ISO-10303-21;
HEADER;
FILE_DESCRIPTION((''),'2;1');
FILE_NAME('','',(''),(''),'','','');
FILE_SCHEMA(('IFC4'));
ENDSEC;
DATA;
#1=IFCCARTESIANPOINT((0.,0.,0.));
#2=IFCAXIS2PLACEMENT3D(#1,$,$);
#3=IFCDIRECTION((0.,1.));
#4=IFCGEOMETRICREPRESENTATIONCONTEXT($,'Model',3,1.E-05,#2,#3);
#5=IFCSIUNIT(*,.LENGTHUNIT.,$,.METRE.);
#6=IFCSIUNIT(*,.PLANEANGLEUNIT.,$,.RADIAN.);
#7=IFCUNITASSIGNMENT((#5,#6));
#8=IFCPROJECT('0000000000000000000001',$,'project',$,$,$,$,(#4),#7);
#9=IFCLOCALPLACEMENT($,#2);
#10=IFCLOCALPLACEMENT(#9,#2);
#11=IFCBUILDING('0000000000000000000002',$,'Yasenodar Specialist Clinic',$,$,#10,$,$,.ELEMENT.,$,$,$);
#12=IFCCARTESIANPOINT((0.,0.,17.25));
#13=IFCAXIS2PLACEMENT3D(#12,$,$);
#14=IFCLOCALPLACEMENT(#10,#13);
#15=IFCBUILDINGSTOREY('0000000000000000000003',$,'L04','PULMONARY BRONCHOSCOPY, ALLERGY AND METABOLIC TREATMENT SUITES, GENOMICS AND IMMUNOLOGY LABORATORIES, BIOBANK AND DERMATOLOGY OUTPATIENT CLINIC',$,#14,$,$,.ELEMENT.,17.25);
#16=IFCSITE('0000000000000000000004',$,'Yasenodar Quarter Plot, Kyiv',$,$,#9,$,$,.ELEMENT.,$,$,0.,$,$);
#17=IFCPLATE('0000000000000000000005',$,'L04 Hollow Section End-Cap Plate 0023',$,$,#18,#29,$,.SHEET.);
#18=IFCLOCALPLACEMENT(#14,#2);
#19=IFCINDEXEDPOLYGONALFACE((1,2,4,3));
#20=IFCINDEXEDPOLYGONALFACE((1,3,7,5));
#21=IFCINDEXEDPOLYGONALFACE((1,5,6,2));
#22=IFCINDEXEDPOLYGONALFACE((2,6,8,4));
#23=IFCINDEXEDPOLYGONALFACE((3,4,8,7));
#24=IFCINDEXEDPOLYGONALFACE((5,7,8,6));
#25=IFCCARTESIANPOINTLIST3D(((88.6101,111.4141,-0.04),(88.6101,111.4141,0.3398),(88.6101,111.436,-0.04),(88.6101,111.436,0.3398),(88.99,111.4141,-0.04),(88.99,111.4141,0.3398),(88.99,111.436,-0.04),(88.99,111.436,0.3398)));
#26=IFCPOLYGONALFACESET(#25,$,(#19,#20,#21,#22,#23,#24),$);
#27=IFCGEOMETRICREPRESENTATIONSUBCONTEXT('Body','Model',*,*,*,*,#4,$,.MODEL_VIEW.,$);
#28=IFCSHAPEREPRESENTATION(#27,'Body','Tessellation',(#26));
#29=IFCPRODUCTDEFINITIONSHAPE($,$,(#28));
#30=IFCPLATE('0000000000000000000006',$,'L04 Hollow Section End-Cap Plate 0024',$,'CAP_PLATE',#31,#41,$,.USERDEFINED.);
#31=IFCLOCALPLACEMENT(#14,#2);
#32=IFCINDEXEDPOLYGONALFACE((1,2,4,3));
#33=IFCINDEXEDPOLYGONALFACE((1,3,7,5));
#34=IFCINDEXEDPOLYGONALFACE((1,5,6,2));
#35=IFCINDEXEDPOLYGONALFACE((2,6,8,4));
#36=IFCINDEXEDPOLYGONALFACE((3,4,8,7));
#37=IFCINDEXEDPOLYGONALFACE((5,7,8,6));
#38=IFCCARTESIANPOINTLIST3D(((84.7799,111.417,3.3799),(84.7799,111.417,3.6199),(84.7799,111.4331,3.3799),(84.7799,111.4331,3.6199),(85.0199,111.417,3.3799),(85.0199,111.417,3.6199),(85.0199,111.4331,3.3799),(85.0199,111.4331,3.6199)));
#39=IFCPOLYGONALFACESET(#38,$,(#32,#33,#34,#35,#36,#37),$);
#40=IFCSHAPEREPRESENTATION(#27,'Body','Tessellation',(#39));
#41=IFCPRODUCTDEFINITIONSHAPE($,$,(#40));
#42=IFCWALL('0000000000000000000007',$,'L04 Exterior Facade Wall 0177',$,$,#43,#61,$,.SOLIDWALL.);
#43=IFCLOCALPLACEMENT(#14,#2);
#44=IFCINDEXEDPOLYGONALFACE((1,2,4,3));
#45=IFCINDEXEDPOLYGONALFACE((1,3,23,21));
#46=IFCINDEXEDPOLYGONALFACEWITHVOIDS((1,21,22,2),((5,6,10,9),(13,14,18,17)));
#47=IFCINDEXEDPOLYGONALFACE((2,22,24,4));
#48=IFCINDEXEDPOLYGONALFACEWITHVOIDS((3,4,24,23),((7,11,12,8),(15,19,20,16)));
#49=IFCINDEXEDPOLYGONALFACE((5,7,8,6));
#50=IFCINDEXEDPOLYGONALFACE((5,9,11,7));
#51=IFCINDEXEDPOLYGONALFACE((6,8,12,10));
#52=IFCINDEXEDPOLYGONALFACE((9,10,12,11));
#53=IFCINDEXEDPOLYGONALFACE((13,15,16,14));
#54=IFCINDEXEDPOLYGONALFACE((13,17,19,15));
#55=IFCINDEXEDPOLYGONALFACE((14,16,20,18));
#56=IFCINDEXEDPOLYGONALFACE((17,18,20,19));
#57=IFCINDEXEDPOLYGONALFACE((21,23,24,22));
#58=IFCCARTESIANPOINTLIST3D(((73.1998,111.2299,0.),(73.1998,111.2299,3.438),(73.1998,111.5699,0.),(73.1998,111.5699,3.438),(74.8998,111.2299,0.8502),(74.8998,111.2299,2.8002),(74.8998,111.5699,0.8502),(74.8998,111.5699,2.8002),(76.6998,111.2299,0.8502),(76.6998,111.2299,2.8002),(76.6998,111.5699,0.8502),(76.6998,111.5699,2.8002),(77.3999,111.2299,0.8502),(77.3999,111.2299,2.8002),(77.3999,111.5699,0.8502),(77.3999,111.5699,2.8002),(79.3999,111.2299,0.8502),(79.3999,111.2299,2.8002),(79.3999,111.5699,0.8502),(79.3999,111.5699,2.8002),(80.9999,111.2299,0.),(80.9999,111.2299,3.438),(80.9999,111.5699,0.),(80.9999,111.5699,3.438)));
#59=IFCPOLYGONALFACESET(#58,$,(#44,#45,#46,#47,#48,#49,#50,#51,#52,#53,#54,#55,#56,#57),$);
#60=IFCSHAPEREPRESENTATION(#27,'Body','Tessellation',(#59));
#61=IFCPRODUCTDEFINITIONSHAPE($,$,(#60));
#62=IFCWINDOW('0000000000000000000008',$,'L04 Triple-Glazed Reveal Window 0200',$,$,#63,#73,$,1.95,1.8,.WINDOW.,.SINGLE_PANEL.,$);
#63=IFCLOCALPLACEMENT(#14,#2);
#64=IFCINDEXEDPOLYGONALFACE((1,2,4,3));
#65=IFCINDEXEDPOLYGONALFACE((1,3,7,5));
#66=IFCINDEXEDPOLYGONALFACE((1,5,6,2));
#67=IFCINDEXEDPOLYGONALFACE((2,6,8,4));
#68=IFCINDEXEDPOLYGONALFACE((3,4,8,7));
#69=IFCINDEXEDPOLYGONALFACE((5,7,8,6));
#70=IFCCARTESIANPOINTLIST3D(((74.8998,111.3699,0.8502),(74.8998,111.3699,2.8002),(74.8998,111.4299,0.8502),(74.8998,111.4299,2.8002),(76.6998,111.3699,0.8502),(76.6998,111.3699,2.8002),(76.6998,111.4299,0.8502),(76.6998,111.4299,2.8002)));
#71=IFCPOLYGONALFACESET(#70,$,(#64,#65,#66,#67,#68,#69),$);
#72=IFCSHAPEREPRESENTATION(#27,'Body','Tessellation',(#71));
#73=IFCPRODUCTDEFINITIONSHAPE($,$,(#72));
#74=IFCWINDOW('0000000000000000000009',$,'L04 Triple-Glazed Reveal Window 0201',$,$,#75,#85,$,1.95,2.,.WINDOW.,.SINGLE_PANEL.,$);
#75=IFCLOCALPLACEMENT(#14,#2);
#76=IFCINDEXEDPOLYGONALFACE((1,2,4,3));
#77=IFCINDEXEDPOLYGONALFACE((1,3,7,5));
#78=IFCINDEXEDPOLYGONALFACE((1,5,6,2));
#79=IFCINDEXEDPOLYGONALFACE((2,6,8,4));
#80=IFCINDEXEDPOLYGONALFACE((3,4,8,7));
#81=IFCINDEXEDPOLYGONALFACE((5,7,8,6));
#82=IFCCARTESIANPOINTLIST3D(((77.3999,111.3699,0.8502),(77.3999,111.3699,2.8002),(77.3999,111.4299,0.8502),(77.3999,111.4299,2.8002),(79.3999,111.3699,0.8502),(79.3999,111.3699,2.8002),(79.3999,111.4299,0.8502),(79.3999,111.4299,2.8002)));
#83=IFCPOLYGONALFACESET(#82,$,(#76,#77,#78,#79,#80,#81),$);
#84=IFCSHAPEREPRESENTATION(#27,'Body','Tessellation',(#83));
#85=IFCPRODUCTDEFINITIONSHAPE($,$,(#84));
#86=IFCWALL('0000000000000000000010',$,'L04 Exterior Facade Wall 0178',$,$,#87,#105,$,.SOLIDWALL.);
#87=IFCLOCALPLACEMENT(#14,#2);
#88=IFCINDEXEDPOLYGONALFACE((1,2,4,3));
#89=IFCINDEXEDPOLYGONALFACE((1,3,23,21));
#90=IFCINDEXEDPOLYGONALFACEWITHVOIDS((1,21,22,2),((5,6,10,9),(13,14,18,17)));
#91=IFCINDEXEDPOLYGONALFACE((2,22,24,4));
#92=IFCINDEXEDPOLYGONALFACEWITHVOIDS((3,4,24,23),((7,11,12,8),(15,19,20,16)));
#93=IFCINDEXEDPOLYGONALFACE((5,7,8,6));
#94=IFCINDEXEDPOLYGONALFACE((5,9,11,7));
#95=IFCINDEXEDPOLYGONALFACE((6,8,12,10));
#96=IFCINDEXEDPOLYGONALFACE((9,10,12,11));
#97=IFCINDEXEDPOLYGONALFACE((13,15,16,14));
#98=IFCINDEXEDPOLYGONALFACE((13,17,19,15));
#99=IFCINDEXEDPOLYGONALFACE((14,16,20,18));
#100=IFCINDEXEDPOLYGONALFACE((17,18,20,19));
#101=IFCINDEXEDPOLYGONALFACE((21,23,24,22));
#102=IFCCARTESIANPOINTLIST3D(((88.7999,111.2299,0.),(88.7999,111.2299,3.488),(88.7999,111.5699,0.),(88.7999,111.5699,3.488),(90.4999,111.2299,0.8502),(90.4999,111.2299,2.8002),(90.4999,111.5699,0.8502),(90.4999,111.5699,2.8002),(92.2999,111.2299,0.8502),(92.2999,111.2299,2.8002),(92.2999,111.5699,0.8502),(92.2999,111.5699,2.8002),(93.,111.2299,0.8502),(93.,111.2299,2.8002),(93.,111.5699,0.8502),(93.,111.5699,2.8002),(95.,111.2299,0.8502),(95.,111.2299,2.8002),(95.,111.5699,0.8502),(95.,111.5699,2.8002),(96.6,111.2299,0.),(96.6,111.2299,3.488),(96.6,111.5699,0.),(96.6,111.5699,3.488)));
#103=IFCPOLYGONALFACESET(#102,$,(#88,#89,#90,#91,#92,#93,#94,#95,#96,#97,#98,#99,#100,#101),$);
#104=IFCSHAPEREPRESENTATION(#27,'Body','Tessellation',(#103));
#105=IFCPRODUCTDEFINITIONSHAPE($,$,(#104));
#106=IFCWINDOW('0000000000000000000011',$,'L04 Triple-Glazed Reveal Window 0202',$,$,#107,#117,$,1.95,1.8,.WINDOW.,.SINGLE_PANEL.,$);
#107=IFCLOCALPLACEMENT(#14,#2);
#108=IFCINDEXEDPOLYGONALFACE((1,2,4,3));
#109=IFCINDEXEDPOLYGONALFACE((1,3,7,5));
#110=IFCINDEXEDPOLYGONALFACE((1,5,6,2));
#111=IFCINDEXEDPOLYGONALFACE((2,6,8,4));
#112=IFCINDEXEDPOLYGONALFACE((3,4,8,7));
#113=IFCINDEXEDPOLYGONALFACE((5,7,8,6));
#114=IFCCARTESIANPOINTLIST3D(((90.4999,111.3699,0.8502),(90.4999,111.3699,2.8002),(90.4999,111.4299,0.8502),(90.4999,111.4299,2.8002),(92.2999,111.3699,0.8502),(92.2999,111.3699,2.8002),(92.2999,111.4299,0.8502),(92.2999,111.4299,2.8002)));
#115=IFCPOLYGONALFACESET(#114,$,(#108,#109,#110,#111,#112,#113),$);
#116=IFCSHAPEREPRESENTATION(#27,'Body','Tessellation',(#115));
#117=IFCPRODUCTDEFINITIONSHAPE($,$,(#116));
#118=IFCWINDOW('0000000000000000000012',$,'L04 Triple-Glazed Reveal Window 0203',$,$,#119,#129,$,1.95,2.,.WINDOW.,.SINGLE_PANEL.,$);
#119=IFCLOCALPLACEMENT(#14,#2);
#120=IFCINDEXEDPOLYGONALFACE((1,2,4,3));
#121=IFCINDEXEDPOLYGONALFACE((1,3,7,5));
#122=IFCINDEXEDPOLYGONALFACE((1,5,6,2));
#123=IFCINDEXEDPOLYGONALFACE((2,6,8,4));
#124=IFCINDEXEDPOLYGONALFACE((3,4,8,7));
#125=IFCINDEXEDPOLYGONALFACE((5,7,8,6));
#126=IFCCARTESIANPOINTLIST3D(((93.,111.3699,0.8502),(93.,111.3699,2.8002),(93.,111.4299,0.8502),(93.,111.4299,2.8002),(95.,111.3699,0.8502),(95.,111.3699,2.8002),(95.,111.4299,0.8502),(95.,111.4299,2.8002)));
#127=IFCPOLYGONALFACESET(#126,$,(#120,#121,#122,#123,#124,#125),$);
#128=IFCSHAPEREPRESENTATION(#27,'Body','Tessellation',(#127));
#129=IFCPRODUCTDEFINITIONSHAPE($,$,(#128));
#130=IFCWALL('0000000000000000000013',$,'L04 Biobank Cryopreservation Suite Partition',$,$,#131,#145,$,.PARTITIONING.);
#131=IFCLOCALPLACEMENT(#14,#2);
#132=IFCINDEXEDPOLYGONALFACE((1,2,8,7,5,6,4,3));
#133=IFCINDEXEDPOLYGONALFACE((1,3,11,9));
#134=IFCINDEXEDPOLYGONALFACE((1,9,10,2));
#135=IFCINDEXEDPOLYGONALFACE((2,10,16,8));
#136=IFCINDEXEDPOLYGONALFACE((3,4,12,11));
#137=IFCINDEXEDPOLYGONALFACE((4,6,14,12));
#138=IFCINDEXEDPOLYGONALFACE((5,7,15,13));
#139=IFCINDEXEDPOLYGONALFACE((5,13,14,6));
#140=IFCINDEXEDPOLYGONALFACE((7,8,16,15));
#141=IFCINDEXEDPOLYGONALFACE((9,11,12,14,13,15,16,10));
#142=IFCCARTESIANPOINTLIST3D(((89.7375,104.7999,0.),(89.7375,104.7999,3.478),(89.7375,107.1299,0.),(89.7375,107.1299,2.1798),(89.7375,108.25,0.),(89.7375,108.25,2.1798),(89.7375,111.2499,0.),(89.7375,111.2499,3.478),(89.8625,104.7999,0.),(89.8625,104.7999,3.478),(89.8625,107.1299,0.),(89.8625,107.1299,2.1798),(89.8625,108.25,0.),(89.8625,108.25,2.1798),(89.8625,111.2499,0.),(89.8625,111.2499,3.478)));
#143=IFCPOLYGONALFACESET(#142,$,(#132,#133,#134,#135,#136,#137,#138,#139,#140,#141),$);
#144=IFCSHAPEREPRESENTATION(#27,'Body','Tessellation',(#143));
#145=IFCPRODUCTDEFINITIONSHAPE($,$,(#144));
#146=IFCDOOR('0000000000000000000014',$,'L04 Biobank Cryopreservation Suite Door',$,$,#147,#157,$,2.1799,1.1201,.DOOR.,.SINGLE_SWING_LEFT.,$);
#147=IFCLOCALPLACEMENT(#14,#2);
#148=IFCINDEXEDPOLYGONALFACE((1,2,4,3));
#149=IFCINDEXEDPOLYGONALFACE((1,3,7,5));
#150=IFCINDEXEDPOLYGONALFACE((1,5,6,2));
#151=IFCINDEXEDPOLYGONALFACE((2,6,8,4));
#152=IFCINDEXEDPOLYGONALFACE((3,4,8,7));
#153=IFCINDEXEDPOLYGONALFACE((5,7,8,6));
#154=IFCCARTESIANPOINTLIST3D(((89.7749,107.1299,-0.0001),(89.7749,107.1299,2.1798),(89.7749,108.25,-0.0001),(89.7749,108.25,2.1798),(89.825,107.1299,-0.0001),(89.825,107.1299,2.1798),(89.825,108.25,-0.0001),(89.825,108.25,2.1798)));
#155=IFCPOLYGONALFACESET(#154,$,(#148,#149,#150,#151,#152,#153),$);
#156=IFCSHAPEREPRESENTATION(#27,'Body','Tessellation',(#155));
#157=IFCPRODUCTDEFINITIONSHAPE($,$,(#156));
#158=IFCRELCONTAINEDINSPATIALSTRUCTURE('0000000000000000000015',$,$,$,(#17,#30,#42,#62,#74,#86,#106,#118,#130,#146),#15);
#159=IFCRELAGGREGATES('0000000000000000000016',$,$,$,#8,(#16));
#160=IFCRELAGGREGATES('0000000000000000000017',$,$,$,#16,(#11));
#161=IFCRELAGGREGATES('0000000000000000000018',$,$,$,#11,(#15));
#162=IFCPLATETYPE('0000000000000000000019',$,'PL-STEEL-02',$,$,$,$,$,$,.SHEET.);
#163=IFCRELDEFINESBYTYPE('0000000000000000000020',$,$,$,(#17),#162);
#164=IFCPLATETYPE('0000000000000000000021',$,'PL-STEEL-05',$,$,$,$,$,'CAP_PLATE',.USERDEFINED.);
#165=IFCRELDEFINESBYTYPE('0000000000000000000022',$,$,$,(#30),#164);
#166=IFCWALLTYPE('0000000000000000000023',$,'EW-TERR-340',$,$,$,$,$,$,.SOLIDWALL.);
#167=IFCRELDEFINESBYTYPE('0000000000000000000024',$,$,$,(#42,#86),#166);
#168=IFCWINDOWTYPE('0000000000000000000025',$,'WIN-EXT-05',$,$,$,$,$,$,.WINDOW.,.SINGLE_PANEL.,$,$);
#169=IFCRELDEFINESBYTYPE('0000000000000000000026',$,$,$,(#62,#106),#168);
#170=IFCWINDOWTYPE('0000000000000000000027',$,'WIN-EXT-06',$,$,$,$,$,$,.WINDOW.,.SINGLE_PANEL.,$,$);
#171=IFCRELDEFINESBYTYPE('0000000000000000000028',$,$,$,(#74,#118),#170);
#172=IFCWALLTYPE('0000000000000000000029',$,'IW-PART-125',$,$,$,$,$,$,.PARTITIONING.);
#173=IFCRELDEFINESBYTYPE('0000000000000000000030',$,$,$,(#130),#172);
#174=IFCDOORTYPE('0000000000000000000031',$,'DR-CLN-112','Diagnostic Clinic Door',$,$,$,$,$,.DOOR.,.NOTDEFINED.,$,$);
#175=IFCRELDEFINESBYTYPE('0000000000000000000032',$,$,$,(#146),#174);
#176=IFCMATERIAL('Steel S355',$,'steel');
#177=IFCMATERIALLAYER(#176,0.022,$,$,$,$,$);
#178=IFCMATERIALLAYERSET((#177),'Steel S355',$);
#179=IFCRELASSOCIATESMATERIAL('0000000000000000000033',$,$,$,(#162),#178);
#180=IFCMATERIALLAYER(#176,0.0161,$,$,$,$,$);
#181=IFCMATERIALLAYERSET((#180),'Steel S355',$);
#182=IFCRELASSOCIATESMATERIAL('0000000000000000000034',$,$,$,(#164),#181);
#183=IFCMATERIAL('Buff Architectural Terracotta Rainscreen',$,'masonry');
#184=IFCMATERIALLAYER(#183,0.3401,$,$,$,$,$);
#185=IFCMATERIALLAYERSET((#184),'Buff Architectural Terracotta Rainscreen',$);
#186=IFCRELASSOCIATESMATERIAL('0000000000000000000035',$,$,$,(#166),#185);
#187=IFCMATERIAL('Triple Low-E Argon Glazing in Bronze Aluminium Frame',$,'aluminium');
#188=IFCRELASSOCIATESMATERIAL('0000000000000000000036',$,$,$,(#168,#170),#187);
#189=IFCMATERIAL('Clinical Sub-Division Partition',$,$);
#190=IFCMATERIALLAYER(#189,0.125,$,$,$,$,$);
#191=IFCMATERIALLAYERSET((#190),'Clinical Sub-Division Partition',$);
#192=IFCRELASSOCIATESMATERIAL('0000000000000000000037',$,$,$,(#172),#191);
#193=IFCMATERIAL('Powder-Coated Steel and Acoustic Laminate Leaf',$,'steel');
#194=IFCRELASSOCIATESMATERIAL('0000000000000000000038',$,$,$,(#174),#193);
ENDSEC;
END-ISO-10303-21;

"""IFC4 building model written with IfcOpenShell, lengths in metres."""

from ifc_helpers import new_model, si_unit, direction, frame, frame_2d, origin, origin_2d, place, context, subcontext, project, spatial, rectangle, extrude, material, layer, layer_set, type_object, element, fill, save


model = new_model("IFC4")

# Units and contexts
model_context = context("Model", 3, precision=1e-05, world=origin(), true_north=direction((0.0, 1.0)))
body_context = subcontext(model_context, "Body", "Model", "MODEL_VIEW")
ifc_project = project(units=[si_unit("LENGTHUNIT", "METRE"), si_unit("PLANEANGLEUNIT", "RADIAN")], contexts=[model_context])

# Site, building, storey
site_placement = place(None, origin())
site = spatial("IfcSite", under=ifc_project, at=site_placement, Name="Yasenodar Quarter Plot, Kyiv", CompositionType="ELEMENT", RefElevation=0.0)
building_placement = place(site_placement, origin())
building = spatial("IfcBuilding", under=site, at=building_placement, Name="Yasenodar Specialist Clinic", CompositionType="ELEMENT")
storey_placement = place(building_placement, frame((0.0, 0.0, 17.25)))
storey = spatial("IfcBuildingStorey", under=building, at=storey_placement, Name="L04", Description="PULMONARY BRONCHOSCOPY, ALLERGY AND METABOLIC TREATMENT SUITES, GENOMICS AND IMMUNOLOGY LABORATORIES, BIOBANK AND DERMATOLOGY OUTPATIENT CLINIC", CompositionType="ELEMENT", Elevation=17.25)

# Shared definitions
ifc_material_1 = material(Name="Steel S355", Category="steel")

# Plates
ifc_layer_1 = layer(ifc_material_1, 0.022)
ifc_layer_set_1 = layer_set([ifc_layer_1], Name="Steel S355")
plate_type_1 = type_object("IfcPlateType", Name="PL-STEEL-02", PredefinedType="SHEET", material=ifc_layer_set_1)
plate_1_placement = place(storey_placement, frame((88.8, 111.425, -0.04), z_axis=(0.0, 0.0, 1.0), x_axis=(1.0, 0.0, 0.0)))
element("IfcPlate", 1, at=plate_1_placement, inside=storey, type_object=plate_type_1, Name="L04 Hollow Section End-Cap Plate 0023", PredefinedType="SHEET", context=body_context, shape_type="SweptSolid", body=[
    extrude(rectangle(XDim=0.3799, YDim=0.022, at=origin_2d()), origin(), (0.0, 0.0, 1.0), 0.3799),
])
ifc_layer_2 = layer(ifc_material_1, 0.0161)
ifc_layer_set_2 = layer_set([ifc_layer_2], Name="Steel S355")
plate_type_2 = type_object("IfcPlateType", Name="PL-STEEL-05", ElementType="CAP_PLATE", PredefinedType="USERDEFINED", material=ifc_layer_set_2)
plate_2_placement = place(storey_placement, frame((84.8999, 111.425, 3.3799), z_axis=(0.0, 0.0, 1.0), x_axis=(1.0, 0.0, 0.0)))
element("IfcPlate", 2, at=plate_2_placement, inside=storey, type_object=plate_type_2, Name="L04 Hollow Section End-Cap Plate 0024", ObjectType="CAP_PLATE", PredefinedType="USERDEFINED", context=body_context, shape_type="SweptSolid", body=[
    extrude(rectangle(XDim=0.24, YDim=0.0161, at=origin_2d()), origin(), (0.0, 0.0, 1.0), 0.24),
])

# Walls, openings, windows
ifc_material_2 = material(Name="Buff Architectural Terracotta Rainscreen", Category="masonry")
ifc_layer_3 = layer(ifc_material_2, 0.3401)
ifc_layer_set_3 = layer_set([ifc_layer_3], Name="Buff Architectural Terracotta Rainscreen")
wall_type_1 = type_object("IfcWallType", Name="EW-TERR-340", PredefinedType="SOLIDWALL", material=ifc_layer_set_3)
wall_1_placement = place(storey_placement, frame((73.2, 111.3999, 0.0), z_axis=(0.0, 0.0, 1.0), x_axis=(1.0, 0.0, 0.0)))
wall_1 = element("IfcWall", 3, at=wall_1_placement, inside=storey, type_object=wall_type_1, Name="L04 Exterior Facade Wall 0177", PredefinedType="SOLIDWALL", context=body_context, shape_type="SweptSolid", body=[
    extrude(rectangle(XDim=7.8, YDim=0.3401, at=frame_2d((3.8999, 0.0))), origin(), (0.0, 0.0, 1.0), 3.438),
])
opening_1_placement = place(wall_1_placement, frame((1.7, 0.0, 0.8501)))
opening_1 = element("IfcOpeningElement", 4, at=opening_1_placement, cuts=wall_1, PredefinedType="OPENING", context=body_context, shape_type="SweptSolid", body=[
    extrude(rectangle(XDim=1.8, YDim=1.95, at=frame_2d((0.8999, 0.9751))), frame((0.0, 0.1802, 0.0), z_axis=(0.0, -1.0, 0.0), x_axis=(1.0, 0.0, 0.0)), (0.0, 0.0, 1.0), 0.3601),
])
opening_2_placement = place(wall_1_placement, frame((4.2, 0.0, 0.8501)))
opening_2 = element("IfcOpeningElement", 5, at=opening_2_placement, cuts=wall_1, PredefinedType="OPENING", context=body_context, shape_type="SweptSolid", body=[
    extrude(rectangle(XDim=2.0, YDim=1.95, at=frame_2d((1.0, 0.9751))), frame((0.0, 0.1802, 0.0), z_axis=(0.0, -1.0, 0.0), x_axis=(1.0, 0.0, 0.0)), (0.0, 0.0, 1.0), 0.3601),
])
ifc_material_3 = material(Name="Triple Low-E Argon Glazing in Bronze Aluminium Frame", Category="aluminium")
window_type_1 = type_object("IfcWindowType", Name="WIN-EXT-05", PartitioningType="SINGLE_PANEL", PredefinedType="WINDOW", material=ifc_material_3)
window_1_placement = place(opening_1_placement, origin())
window_1 = element("IfcWindow", 6, at=window_1_placement, inside=storey, type_object=window_type_1, Name="L04 Triple-Glazed Reveal Window 0200", OverallHeight=1.95, OverallWidth=1.8, PartitioningType="SINGLE_PANEL", PredefinedType="WINDOW", context=body_context, shape_type="SweptSolid", body=[
    extrude(rectangle(XDim=1.8, YDim=1.95, at=frame_2d((0.8999, 0.9751))), frame((0.0, 0.03, 0.0), z_axis=(0.0, -1.0, 0.0), x_axis=(1.0, 0.0, 0.0)), (0.0, 0.0, 1.0), 0.0601),
])
fill(opening_1, window_1)
window_type_2 = type_object("IfcWindowType", Name="WIN-EXT-06", PartitioningType="SINGLE_PANEL", PredefinedType="WINDOW", material=ifc_material_3)
window_2_placement = place(opening_2_placement, origin())
window_2 = element("IfcWindow", 7, at=window_2_placement, inside=storey, type_object=window_type_2, Name="L04 Triple-Glazed Reveal Window 0201", OverallHeight=1.95, OverallWidth=2.0, PartitioningType="SINGLE_PANEL", PredefinedType="WINDOW", context=body_context, shape_type="SweptSolid", body=[
    extrude(rectangle(XDim=2.0, YDim=1.95, at=frame_2d((1.0, 0.9751))), frame((0.0, 0.03, 0.0), z_axis=(0.0, -1.0, 0.0), x_axis=(1.0, 0.0, 0.0)), (0.0, 0.0, 1.0), 0.0601),
])
fill(opening_2, window_2)
wall_2_placement = place(storey_placement, frame((88.8, 111.3999, 0.0), z_axis=(0.0, 0.0, 1.0), x_axis=(1.0, 0.0, 0.0)))
wall_2 = element("IfcWall", 8, at=wall_2_placement, inside=storey, type_object=wall_type_1, Name="L04 Exterior Facade Wall 0178", PredefinedType="SOLIDWALL", context=body_context, shape_type="SweptSolid", body=[
    extrude(rectangle(XDim=7.8, YDim=0.3401, at=frame_2d((3.8999, 0.0))), origin(), (0.0, 0.0, 1.0), 3.488),
])
opening_3_placement = place(wall_2_placement, frame((1.7, 0.0, 0.8501)))
opening_3 = element("IfcOpeningElement", 9, at=opening_3_placement, cuts=wall_2, PredefinedType="OPENING", context=body_context, shape_type="SweptSolid", body=[
    extrude(rectangle(XDim=1.8, YDim=1.95, at=frame_2d((0.8999, 0.9751))), frame((0.0, 0.1802, 0.0), z_axis=(0.0, -1.0, 0.0), x_axis=(1.0, 0.0, 0.0)), (0.0, 0.0, 1.0), 0.3601),
])
opening_4_placement = place(wall_2_placement, frame((4.2, 0.0, 0.8501)))
opening_4 = element("IfcOpeningElement", 10, at=opening_4_placement, cuts=wall_2, PredefinedType="OPENING", context=body_context, shape_type="SweptSolid", body=[
    extrude(rectangle(XDim=2.0, YDim=1.95, at=frame_2d((1.0, 0.9751))), frame((0.0, 0.1802, 0.0), z_axis=(0.0, -1.0, 0.0), x_axis=(1.0, 0.0, 0.0)), (0.0, 0.0, 1.0), 0.3601),
])
window_3_placement = place(opening_3_placement, origin())
window_3 = element("IfcWindow", 11, at=window_3_placement, inside=storey, type_object=window_type_1, Name="L04 Triple-Glazed Reveal Window 0202", OverallHeight=1.95, OverallWidth=1.8, PartitioningType="SINGLE_PANEL", PredefinedType="WINDOW", context=body_context, shape_type="SweptSolid", body=[
    extrude(rectangle(XDim=1.8, YDim=1.95, at=frame_2d((0.8999, 0.9751))), frame((0.0, 0.03, 0.0), z_axis=(0.0, -1.0, 0.0), x_axis=(1.0, 0.0, 0.0)), (0.0, 0.0, 1.0), 0.0601),
])
fill(opening_3, window_3)
window_4_placement = place(opening_4_placement, origin())
window_4 = element("IfcWindow", 12, at=window_4_placement, inside=storey, type_object=window_type_2, Name="L04 Triple-Glazed Reveal Window 0203", OverallHeight=1.95, OverallWidth=2.0, PartitioningType="SINGLE_PANEL", PredefinedType="WINDOW", context=body_context, shape_type="SweptSolid", body=[
    extrude(rectangle(XDim=2.0, YDim=1.95, at=frame_2d((1.0, 0.9751))), frame((0.0, 0.03, 0.0), z_axis=(0.0, -1.0, 0.0), x_axis=(1.0, 0.0, 0.0)), (0.0, 0.0, 1.0), 0.0601),
])
fill(opening_4, window_4)

# Wall, opening, door
ifc_material_4 = material(Name="Clinical Sub-Division Partition")
ifc_layer_4 = layer(ifc_material_4, 0.125)
ifc_layer_set_4 = layer_set([ifc_layer_4], Name="Clinical Sub-Division Partition")
wall_type_2 = type_object("IfcWallType", Name="IW-PART-125", PredefinedType="PARTITIONING", material=ifc_layer_set_4)
wall_3_placement = place(storey_placement, frame((89.8, 111.25, 0.0), z_axis=(0.0, 0.0, 1.0), x_axis=(0.0, -1.0, 0.0)))
wall_3 = element("IfcWall", 13, at=wall_3_placement, inside=storey, type_object=wall_type_2, Name="L04 Biobank Cryopreservation Suite Partition", PredefinedType="PARTITIONING", context=body_context, shape_type="SweptSolid", body=[
    extrude(rectangle(XDim=6.45, YDim=0.125, at=frame_2d((3.2251, 0.0))), origin(), (0.0, 0.0, 1.0), 3.478),
])
opening_5_placement = place(wall_3_placement, frame((3.0, 0.0, 0.0)))
opening_5 = element("IfcOpeningElement", 14, at=opening_5_placement, cuts=wall_3, PredefinedType="OPENING", context=body_context, shape_type="SweptSolid", body=[
    extrude(rectangle(XDim=1.1201, YDim=2.1799, at=frame_2d((0.5601, 1.0898))), frame((0.0, 0.0725, 0.0), z_axis=(0.0, -1.0, 0.0), x_axis=(1.0, 0.0, 0.0)), (0.0, 0.0, 1.0), 0.145),
])
ifc_material_5 = material(Name="Powder-Coated Steel and Acoustic Laminate Leaf", Category="steel")
door_type = type_object("IfcDoorType", Name="DR-CLN-112", Description="Diagnostic Clinic Door", OperationType="NOTDEFINED", PredefinedType="DOOR", material=ifc_material_5)
door_placement = place(opening_5_placement, origin())
door = element("IfcDoor", 15, at=door_placement, inside=storey, type_object=door_type, Name="L04 Biobank Cryopreservation Suite Door", OperationType="SINGLE_SWING_LEFT", OverallHeight=2.1799, OverallWidth=1.1201, PredefinedType="DOOR", context=body_context, shape_type="SweptSolid", body=[
    extrude(rectangle(XDim=1.1201, YDim=2.1799, at=frame_2d((0.5601, 1.0898))), frame((0.0, 0.0249, 0.0), z_axis=(0.0, -1.0, 0.0), x_axis=(1.0, 0.0, 0.0)), (0.0, 0.0, 1.0), 0.05),
])
fill(opening_5, door)

save(model, "model.ifc")
